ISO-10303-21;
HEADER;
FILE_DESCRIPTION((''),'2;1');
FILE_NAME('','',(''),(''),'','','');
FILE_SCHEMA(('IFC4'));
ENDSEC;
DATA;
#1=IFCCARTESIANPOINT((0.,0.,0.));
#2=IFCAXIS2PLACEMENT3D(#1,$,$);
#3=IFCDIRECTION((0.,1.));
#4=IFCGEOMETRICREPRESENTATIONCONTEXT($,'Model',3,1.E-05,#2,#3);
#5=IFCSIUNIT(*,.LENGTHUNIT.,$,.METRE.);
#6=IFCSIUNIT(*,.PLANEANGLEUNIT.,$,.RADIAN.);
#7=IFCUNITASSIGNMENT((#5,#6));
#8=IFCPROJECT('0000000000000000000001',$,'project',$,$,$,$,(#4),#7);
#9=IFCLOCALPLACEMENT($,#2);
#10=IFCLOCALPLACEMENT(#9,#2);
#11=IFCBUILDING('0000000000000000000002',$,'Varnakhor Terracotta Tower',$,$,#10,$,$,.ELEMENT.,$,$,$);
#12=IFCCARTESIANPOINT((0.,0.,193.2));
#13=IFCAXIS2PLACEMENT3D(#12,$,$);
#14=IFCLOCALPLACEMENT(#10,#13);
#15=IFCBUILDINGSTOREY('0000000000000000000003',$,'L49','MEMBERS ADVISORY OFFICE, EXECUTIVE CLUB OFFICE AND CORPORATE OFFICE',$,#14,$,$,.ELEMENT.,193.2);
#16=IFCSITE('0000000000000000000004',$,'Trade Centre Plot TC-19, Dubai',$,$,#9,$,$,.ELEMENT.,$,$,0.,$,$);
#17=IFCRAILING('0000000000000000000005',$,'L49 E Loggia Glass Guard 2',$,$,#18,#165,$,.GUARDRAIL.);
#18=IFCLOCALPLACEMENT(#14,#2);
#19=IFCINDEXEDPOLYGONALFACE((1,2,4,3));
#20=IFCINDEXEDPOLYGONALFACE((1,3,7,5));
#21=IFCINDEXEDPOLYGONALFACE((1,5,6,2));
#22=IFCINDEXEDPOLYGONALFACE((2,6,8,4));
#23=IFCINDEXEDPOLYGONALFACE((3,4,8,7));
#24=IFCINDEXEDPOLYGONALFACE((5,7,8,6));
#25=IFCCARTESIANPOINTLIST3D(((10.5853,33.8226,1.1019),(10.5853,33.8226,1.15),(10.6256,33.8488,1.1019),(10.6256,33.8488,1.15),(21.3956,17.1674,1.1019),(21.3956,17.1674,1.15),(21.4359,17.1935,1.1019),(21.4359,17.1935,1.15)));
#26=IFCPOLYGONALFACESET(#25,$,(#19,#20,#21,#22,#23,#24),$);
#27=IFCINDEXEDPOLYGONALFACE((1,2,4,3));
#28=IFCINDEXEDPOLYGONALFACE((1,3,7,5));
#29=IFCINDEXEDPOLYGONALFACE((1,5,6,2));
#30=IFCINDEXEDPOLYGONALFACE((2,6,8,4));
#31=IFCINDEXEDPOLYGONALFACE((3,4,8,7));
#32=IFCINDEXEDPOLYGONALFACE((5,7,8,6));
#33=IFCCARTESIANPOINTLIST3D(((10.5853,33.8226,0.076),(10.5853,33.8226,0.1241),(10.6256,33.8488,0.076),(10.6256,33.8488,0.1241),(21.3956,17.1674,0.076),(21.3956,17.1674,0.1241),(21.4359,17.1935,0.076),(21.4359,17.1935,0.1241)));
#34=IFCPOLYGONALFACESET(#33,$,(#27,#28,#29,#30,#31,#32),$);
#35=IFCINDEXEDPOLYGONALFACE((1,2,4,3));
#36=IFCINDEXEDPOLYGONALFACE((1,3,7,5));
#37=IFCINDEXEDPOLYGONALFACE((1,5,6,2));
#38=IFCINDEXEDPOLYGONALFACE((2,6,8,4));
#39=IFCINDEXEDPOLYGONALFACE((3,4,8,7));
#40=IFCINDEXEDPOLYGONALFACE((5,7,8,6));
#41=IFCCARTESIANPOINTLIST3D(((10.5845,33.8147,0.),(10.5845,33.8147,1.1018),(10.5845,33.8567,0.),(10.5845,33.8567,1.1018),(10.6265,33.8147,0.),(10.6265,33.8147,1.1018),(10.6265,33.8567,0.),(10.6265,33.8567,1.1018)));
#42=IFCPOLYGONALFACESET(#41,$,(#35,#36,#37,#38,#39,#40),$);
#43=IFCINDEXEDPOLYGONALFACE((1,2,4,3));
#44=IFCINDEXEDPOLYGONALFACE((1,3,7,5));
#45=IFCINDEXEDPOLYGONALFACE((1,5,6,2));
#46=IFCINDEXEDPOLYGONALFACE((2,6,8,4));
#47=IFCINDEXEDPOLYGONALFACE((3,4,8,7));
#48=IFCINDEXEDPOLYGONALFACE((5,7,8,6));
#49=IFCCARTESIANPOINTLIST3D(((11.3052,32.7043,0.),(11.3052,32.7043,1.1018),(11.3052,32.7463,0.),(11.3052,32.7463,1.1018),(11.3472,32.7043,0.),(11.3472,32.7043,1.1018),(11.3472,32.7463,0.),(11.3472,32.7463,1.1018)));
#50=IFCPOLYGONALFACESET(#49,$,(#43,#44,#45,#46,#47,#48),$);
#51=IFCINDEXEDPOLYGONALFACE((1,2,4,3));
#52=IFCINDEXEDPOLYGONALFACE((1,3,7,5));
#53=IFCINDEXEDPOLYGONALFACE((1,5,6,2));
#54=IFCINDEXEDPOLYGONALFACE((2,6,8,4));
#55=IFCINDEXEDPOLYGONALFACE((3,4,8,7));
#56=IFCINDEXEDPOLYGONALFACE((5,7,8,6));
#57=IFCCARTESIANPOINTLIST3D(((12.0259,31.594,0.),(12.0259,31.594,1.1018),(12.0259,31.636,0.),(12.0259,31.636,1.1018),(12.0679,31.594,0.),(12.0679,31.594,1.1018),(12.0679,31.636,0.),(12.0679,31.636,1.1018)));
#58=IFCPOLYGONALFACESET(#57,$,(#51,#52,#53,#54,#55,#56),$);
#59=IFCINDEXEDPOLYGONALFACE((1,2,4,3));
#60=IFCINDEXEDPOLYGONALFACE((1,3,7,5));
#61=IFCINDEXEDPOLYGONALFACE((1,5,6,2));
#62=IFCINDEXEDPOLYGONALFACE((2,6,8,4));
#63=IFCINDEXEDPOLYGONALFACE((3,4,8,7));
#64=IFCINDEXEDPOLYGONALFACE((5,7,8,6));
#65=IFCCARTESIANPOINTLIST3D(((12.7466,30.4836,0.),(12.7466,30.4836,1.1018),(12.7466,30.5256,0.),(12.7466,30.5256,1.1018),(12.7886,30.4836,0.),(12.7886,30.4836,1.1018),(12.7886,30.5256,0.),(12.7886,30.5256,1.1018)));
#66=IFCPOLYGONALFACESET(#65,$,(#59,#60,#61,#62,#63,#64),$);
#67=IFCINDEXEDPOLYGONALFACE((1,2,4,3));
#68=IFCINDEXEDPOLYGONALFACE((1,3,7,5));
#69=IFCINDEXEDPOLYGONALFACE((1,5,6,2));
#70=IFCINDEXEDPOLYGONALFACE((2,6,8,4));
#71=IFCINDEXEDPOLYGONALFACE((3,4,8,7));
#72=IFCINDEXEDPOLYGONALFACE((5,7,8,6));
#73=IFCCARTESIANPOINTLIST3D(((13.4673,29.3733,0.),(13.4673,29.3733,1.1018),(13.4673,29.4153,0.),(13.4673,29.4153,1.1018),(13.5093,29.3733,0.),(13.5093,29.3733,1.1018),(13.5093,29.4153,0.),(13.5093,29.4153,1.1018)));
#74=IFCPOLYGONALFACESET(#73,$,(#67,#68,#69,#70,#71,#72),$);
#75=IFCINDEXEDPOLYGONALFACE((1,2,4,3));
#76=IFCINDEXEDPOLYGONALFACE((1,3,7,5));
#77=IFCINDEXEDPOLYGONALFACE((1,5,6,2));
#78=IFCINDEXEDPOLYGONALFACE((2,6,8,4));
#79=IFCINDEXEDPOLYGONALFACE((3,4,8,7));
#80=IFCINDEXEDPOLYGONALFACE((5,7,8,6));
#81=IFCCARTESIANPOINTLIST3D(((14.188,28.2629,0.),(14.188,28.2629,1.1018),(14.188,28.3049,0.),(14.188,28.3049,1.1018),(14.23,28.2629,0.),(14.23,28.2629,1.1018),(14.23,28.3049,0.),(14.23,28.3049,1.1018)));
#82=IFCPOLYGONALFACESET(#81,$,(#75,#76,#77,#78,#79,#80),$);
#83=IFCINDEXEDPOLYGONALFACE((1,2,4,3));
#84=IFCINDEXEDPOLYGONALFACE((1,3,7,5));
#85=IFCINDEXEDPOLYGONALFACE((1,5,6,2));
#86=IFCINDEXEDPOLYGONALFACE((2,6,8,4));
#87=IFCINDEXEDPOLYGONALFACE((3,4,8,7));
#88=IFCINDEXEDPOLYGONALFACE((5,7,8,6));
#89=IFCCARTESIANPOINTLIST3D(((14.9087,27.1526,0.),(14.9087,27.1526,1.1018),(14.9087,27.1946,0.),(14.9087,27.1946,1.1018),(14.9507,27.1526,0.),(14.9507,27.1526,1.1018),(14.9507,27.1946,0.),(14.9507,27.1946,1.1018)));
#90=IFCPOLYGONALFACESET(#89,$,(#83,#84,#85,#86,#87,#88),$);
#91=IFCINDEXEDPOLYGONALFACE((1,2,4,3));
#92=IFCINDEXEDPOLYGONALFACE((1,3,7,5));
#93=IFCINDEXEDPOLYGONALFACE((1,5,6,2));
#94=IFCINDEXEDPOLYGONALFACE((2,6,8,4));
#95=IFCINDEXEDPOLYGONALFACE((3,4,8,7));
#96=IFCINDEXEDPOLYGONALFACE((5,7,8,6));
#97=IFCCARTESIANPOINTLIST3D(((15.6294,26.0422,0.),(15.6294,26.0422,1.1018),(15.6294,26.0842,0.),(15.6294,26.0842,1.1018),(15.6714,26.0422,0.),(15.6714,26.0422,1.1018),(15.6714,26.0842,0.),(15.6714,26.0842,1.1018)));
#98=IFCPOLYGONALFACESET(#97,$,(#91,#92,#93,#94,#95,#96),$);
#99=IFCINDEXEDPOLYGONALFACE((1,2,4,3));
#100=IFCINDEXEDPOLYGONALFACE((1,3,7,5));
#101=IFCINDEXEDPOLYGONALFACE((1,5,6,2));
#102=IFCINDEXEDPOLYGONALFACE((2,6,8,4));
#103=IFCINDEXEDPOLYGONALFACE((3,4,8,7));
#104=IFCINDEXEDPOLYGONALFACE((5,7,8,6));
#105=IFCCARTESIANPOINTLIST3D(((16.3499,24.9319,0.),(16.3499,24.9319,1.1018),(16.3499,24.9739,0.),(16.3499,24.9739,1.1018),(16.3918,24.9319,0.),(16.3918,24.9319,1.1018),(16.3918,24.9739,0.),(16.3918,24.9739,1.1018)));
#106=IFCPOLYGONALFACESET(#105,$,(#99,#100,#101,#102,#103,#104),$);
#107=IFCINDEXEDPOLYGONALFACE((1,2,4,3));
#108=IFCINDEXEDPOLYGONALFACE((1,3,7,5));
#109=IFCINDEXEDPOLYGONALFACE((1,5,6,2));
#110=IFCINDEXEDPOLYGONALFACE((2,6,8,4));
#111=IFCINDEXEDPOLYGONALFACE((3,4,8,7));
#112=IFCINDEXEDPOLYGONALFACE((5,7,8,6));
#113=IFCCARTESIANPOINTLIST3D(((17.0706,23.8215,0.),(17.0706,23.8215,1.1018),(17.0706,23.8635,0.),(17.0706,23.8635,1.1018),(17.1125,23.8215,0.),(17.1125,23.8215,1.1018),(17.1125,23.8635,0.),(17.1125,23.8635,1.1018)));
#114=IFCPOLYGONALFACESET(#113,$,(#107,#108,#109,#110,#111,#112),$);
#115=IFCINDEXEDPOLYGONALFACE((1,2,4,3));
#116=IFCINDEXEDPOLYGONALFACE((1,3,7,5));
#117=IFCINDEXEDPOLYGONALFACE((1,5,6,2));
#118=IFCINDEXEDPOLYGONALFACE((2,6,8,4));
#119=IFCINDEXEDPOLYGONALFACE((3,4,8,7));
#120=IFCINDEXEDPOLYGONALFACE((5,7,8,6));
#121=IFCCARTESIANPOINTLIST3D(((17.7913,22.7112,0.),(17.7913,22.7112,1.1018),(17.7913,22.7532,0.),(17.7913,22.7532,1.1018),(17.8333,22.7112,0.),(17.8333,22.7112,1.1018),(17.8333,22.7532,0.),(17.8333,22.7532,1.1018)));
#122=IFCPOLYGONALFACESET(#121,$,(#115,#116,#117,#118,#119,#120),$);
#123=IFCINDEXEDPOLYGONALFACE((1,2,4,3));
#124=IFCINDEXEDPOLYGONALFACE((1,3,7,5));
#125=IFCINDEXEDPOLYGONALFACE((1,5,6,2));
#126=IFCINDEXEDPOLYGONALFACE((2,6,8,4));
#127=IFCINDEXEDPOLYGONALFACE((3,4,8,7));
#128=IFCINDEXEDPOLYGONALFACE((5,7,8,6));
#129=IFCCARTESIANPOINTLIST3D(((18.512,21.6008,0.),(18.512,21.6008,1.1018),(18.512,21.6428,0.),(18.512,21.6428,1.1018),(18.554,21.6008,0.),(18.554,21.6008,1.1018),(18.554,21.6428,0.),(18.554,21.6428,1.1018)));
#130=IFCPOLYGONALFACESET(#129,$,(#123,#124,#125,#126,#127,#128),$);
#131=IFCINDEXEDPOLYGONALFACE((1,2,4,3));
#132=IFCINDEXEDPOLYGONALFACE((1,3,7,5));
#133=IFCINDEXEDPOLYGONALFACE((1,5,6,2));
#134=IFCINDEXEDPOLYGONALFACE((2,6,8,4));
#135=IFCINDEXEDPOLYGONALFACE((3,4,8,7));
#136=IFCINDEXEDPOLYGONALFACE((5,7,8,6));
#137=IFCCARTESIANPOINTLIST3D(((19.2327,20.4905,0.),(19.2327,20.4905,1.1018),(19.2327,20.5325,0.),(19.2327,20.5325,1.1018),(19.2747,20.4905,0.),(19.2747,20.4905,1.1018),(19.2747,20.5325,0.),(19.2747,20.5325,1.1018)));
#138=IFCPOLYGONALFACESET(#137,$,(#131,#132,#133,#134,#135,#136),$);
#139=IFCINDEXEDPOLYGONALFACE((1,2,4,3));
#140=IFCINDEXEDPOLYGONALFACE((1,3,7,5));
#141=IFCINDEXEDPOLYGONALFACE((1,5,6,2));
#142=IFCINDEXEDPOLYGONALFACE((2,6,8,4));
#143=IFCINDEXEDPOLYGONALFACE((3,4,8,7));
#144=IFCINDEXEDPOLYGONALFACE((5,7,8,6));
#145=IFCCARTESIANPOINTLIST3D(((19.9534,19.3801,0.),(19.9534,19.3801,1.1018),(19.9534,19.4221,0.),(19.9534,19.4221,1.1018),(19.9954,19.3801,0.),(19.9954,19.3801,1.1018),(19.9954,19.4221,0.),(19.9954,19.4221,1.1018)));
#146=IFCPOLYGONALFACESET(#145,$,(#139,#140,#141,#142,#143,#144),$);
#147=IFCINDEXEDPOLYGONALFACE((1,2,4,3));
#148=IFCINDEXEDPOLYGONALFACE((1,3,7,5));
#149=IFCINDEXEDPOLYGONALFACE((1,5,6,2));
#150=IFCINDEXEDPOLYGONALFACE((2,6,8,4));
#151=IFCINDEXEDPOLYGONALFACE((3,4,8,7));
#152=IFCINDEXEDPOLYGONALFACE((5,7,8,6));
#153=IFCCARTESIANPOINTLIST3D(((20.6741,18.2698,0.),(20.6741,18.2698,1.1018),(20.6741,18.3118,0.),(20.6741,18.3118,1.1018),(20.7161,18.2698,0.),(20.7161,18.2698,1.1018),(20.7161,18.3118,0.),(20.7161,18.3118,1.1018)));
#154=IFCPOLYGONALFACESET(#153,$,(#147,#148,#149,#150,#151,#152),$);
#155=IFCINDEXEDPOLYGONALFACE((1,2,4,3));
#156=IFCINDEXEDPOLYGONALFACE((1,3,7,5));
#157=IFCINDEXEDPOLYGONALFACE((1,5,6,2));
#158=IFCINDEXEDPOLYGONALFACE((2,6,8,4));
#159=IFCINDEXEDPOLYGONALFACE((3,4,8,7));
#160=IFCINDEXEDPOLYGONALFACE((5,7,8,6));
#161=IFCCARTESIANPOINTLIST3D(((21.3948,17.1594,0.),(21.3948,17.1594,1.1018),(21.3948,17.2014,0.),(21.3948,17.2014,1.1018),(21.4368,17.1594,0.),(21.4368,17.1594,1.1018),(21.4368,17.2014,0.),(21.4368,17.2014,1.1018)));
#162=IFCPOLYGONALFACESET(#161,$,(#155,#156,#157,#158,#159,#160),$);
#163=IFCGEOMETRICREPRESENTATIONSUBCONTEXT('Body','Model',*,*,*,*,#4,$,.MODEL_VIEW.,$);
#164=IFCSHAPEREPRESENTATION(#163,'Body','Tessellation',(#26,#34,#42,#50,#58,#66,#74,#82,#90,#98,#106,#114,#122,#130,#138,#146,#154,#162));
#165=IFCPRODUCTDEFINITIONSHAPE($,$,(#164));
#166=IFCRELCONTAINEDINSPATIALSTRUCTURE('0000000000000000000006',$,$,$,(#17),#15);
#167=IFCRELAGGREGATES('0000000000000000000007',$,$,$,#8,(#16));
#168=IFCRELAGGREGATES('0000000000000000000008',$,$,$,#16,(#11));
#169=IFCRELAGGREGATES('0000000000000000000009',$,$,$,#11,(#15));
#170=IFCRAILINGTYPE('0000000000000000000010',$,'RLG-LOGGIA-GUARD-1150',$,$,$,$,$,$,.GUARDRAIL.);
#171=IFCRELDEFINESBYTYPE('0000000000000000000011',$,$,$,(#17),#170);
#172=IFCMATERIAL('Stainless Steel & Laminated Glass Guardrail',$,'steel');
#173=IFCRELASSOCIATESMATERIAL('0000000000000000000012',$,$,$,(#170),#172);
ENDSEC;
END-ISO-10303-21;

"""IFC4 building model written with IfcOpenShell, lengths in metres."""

from ifc_helpers import new_model, si_unit, direction, frame, origin, origin_2d, place, context, subcontext, project, spatial, rectangle, extrude, material, type_object, element, save


model = new_model("IFC4")

# Units and contexts
model_context = context("Model", 3, precision=1e-05, world=origin(), true_north=direction((0.0, 1.0)))
body_context = subcontext(model_context, "Body", "Model", "MODEL_VIEW")
ifc_project = project(units=[si_unit("LENGTHUNIT", "METRE"), si_unit("PLANEANGLEUNIT", "RADIAN")], contexts=[model_context])

# Site, building, storey
site_placement = place(None, origin())
site = spatial("IfcSite", under=ifc_project, at=site_placement, Name="Trade Centre Plot TC-19, Dubai", CompositionType="ELEMENT", RefElevation=0.0)
building_placement = place(site_placement, origin())
building = spatial("IfcBuilding", under=site, at=building_placement, Name="Varnakhor Terracotta Tower", CompositionType="ELEMENT")
storey_placement = place(building_placement, frame((0.0, 0.0, 193.2)))
storey = spatial("IfcBuildingStorey", under=building, at=storey_placement, Name="L49", Description="MEMBERS ADVISORY OFFICE, EXECUTIVE CLUB OFFICE AND CORPORATE OFFICE", CompositionType="ELEMENT", Elevation=193.2)

# Railing
ifc_material_1 = material(Name="Stainless Steel & Laminated Glass Guardrail", Category="steel")
railing_type = type_object("IfcRailingType", Name="RLG-LOGGIA-GUARD-1150", PredefinedType="GUARDRAIL", material=ifc_material_1)
railing_1_placement = place(storey_placement, frame((10.6055, 33.8357, 0.0)))
element("IfcRailing", 1, at=railing_1_placement, inside=storey, type_object=railing_type, Name="L49 E Loggia Glass Guard 2", PredefinedType="GUARDRAIL", context=body_context, shape_type="SweptSolid", body=[
    extrude(rectangle(XDim=0.0481, YDim=0.0481, at=origin_2d()), frame((0.0, 0.0, 1.126), z_axis=(0.544435, -0.838803, 0.0), x_axis=(0.838803, 0.544435, 0.0)), (0.0, 0.0, 1.0), 19.856),
    extrude(rectangle(XDim=0.0481, YDim=0.0481, at=origin_2d()), frame((0.0, 0.0, 0.1001), z_axis=(0.544435, -0.838803, 0.0), x_axis=(0.838803, 0.544435, 0.0)), (0.0, 0.0, 1.0), 19.856),
    extrude(rectangle(XDim=0.042, YDim=0.042, at=origin_2d()), origin(), (0.0, 0.0, 1.0), 1.1018),
    extrude(rectangle(XDim=0.042, YDim=0.042, at=origin_2d()), frame((0.7207, -1.1104, 0.0)), (0.0, 0.0, 1.0), 1.1018),
    extrude(rectangle(XDim=0.042, YDim=0.042, at=origin_2d()), frame((1.4414, -2.2207, 0.0)), (0.0, 0.0, 1.0), 1.1018),
    extrude(rectangle(XDim=0.042, YDim=0.042, at=origin_2d()), frame((2.1621, -3.3311, 0.0)), (0.0, 0.0, 1.0), 1.1018),
    extrude(rectangle(XDim=0.042, YDim=0.042, at=origin_2d()), frame((2.8828, -4.4414, 0.0)), (0.0, 0.0, 1.0), 1.1018),
    extrude(rectangle(XDim=0.042, YDim=0.042, at=origin_2d()), frame((3.6035, -5.5518, 0.0)), (0.0, 0.0, 1.0), 1.1018),
    extrude(rectangle(XDim=0.042, YDim=0.042, at=origin_2d()), frame((4.3242, -6.6621, 0.0)), (0.0, 0.0, 1.0), 1.1018),
    extrude(rectangle(XDim=0.042, YDim=0.042, at=origin_2d()), frame((5.0449, -7.7725, 0.0)), (0.0, 0.0, 1.0), 1.1018),
    extrude(rectangle(XDim=0.042, YDim=0.042, at=origin_2d()), frame((5.7654, -8.8828, 0.0)), (0.0, 0.0, 1.0), 1.1018),
    extrude(rectangle(XDim=0.042, YDim=0.042, at=origin_2d()), frame((6.4861, -9.9932, 0.0)), (0.0, 0.0, 1.0), 1.1018),
    extrude(rectangle(XDim=0.042, YDim=0.042, at=origin_2d()), frame((7.2068, -11.1035, 0.0)), (0.0, 0.0, 1.0), 1.1018),
    extrude(rectangle(XDim=0.042, YDim=0.042, at=origin_2d()), frame((7.9275, -12.2139, 0.0)), (0.0, 0.0, 1.0), 1.1018),
    extrude(rectangle(XDim=0.042, YDim=0.042, at=origin_2d()), frame((8.6482, -13.3242, 0.0)), (0.0, 0.0, 1.0), 1.1018),
    extrude(rectangle(XDim=0.042, YDim=0.042, at=origin_2d()), frame((9.3689, -14.4346, 0.0)), (0.0, 0.0, 1.0), 1.1018),
    extrude(rectangle(XDim=0.042, YDim=0.042, at=origin_2d()), frame((10.0896, -15.5449, 0.0)), (0.0, 0.0, 1.0), 1.1018),
    extrude(rectangle(XDim=0.042, YDim=0.042, at=origin_2d()), frame((10.8103, -16.6553, 0.0)), (0.0, 0.0, 1.0), 1.1018),
])

save(model, "model.ifc")
